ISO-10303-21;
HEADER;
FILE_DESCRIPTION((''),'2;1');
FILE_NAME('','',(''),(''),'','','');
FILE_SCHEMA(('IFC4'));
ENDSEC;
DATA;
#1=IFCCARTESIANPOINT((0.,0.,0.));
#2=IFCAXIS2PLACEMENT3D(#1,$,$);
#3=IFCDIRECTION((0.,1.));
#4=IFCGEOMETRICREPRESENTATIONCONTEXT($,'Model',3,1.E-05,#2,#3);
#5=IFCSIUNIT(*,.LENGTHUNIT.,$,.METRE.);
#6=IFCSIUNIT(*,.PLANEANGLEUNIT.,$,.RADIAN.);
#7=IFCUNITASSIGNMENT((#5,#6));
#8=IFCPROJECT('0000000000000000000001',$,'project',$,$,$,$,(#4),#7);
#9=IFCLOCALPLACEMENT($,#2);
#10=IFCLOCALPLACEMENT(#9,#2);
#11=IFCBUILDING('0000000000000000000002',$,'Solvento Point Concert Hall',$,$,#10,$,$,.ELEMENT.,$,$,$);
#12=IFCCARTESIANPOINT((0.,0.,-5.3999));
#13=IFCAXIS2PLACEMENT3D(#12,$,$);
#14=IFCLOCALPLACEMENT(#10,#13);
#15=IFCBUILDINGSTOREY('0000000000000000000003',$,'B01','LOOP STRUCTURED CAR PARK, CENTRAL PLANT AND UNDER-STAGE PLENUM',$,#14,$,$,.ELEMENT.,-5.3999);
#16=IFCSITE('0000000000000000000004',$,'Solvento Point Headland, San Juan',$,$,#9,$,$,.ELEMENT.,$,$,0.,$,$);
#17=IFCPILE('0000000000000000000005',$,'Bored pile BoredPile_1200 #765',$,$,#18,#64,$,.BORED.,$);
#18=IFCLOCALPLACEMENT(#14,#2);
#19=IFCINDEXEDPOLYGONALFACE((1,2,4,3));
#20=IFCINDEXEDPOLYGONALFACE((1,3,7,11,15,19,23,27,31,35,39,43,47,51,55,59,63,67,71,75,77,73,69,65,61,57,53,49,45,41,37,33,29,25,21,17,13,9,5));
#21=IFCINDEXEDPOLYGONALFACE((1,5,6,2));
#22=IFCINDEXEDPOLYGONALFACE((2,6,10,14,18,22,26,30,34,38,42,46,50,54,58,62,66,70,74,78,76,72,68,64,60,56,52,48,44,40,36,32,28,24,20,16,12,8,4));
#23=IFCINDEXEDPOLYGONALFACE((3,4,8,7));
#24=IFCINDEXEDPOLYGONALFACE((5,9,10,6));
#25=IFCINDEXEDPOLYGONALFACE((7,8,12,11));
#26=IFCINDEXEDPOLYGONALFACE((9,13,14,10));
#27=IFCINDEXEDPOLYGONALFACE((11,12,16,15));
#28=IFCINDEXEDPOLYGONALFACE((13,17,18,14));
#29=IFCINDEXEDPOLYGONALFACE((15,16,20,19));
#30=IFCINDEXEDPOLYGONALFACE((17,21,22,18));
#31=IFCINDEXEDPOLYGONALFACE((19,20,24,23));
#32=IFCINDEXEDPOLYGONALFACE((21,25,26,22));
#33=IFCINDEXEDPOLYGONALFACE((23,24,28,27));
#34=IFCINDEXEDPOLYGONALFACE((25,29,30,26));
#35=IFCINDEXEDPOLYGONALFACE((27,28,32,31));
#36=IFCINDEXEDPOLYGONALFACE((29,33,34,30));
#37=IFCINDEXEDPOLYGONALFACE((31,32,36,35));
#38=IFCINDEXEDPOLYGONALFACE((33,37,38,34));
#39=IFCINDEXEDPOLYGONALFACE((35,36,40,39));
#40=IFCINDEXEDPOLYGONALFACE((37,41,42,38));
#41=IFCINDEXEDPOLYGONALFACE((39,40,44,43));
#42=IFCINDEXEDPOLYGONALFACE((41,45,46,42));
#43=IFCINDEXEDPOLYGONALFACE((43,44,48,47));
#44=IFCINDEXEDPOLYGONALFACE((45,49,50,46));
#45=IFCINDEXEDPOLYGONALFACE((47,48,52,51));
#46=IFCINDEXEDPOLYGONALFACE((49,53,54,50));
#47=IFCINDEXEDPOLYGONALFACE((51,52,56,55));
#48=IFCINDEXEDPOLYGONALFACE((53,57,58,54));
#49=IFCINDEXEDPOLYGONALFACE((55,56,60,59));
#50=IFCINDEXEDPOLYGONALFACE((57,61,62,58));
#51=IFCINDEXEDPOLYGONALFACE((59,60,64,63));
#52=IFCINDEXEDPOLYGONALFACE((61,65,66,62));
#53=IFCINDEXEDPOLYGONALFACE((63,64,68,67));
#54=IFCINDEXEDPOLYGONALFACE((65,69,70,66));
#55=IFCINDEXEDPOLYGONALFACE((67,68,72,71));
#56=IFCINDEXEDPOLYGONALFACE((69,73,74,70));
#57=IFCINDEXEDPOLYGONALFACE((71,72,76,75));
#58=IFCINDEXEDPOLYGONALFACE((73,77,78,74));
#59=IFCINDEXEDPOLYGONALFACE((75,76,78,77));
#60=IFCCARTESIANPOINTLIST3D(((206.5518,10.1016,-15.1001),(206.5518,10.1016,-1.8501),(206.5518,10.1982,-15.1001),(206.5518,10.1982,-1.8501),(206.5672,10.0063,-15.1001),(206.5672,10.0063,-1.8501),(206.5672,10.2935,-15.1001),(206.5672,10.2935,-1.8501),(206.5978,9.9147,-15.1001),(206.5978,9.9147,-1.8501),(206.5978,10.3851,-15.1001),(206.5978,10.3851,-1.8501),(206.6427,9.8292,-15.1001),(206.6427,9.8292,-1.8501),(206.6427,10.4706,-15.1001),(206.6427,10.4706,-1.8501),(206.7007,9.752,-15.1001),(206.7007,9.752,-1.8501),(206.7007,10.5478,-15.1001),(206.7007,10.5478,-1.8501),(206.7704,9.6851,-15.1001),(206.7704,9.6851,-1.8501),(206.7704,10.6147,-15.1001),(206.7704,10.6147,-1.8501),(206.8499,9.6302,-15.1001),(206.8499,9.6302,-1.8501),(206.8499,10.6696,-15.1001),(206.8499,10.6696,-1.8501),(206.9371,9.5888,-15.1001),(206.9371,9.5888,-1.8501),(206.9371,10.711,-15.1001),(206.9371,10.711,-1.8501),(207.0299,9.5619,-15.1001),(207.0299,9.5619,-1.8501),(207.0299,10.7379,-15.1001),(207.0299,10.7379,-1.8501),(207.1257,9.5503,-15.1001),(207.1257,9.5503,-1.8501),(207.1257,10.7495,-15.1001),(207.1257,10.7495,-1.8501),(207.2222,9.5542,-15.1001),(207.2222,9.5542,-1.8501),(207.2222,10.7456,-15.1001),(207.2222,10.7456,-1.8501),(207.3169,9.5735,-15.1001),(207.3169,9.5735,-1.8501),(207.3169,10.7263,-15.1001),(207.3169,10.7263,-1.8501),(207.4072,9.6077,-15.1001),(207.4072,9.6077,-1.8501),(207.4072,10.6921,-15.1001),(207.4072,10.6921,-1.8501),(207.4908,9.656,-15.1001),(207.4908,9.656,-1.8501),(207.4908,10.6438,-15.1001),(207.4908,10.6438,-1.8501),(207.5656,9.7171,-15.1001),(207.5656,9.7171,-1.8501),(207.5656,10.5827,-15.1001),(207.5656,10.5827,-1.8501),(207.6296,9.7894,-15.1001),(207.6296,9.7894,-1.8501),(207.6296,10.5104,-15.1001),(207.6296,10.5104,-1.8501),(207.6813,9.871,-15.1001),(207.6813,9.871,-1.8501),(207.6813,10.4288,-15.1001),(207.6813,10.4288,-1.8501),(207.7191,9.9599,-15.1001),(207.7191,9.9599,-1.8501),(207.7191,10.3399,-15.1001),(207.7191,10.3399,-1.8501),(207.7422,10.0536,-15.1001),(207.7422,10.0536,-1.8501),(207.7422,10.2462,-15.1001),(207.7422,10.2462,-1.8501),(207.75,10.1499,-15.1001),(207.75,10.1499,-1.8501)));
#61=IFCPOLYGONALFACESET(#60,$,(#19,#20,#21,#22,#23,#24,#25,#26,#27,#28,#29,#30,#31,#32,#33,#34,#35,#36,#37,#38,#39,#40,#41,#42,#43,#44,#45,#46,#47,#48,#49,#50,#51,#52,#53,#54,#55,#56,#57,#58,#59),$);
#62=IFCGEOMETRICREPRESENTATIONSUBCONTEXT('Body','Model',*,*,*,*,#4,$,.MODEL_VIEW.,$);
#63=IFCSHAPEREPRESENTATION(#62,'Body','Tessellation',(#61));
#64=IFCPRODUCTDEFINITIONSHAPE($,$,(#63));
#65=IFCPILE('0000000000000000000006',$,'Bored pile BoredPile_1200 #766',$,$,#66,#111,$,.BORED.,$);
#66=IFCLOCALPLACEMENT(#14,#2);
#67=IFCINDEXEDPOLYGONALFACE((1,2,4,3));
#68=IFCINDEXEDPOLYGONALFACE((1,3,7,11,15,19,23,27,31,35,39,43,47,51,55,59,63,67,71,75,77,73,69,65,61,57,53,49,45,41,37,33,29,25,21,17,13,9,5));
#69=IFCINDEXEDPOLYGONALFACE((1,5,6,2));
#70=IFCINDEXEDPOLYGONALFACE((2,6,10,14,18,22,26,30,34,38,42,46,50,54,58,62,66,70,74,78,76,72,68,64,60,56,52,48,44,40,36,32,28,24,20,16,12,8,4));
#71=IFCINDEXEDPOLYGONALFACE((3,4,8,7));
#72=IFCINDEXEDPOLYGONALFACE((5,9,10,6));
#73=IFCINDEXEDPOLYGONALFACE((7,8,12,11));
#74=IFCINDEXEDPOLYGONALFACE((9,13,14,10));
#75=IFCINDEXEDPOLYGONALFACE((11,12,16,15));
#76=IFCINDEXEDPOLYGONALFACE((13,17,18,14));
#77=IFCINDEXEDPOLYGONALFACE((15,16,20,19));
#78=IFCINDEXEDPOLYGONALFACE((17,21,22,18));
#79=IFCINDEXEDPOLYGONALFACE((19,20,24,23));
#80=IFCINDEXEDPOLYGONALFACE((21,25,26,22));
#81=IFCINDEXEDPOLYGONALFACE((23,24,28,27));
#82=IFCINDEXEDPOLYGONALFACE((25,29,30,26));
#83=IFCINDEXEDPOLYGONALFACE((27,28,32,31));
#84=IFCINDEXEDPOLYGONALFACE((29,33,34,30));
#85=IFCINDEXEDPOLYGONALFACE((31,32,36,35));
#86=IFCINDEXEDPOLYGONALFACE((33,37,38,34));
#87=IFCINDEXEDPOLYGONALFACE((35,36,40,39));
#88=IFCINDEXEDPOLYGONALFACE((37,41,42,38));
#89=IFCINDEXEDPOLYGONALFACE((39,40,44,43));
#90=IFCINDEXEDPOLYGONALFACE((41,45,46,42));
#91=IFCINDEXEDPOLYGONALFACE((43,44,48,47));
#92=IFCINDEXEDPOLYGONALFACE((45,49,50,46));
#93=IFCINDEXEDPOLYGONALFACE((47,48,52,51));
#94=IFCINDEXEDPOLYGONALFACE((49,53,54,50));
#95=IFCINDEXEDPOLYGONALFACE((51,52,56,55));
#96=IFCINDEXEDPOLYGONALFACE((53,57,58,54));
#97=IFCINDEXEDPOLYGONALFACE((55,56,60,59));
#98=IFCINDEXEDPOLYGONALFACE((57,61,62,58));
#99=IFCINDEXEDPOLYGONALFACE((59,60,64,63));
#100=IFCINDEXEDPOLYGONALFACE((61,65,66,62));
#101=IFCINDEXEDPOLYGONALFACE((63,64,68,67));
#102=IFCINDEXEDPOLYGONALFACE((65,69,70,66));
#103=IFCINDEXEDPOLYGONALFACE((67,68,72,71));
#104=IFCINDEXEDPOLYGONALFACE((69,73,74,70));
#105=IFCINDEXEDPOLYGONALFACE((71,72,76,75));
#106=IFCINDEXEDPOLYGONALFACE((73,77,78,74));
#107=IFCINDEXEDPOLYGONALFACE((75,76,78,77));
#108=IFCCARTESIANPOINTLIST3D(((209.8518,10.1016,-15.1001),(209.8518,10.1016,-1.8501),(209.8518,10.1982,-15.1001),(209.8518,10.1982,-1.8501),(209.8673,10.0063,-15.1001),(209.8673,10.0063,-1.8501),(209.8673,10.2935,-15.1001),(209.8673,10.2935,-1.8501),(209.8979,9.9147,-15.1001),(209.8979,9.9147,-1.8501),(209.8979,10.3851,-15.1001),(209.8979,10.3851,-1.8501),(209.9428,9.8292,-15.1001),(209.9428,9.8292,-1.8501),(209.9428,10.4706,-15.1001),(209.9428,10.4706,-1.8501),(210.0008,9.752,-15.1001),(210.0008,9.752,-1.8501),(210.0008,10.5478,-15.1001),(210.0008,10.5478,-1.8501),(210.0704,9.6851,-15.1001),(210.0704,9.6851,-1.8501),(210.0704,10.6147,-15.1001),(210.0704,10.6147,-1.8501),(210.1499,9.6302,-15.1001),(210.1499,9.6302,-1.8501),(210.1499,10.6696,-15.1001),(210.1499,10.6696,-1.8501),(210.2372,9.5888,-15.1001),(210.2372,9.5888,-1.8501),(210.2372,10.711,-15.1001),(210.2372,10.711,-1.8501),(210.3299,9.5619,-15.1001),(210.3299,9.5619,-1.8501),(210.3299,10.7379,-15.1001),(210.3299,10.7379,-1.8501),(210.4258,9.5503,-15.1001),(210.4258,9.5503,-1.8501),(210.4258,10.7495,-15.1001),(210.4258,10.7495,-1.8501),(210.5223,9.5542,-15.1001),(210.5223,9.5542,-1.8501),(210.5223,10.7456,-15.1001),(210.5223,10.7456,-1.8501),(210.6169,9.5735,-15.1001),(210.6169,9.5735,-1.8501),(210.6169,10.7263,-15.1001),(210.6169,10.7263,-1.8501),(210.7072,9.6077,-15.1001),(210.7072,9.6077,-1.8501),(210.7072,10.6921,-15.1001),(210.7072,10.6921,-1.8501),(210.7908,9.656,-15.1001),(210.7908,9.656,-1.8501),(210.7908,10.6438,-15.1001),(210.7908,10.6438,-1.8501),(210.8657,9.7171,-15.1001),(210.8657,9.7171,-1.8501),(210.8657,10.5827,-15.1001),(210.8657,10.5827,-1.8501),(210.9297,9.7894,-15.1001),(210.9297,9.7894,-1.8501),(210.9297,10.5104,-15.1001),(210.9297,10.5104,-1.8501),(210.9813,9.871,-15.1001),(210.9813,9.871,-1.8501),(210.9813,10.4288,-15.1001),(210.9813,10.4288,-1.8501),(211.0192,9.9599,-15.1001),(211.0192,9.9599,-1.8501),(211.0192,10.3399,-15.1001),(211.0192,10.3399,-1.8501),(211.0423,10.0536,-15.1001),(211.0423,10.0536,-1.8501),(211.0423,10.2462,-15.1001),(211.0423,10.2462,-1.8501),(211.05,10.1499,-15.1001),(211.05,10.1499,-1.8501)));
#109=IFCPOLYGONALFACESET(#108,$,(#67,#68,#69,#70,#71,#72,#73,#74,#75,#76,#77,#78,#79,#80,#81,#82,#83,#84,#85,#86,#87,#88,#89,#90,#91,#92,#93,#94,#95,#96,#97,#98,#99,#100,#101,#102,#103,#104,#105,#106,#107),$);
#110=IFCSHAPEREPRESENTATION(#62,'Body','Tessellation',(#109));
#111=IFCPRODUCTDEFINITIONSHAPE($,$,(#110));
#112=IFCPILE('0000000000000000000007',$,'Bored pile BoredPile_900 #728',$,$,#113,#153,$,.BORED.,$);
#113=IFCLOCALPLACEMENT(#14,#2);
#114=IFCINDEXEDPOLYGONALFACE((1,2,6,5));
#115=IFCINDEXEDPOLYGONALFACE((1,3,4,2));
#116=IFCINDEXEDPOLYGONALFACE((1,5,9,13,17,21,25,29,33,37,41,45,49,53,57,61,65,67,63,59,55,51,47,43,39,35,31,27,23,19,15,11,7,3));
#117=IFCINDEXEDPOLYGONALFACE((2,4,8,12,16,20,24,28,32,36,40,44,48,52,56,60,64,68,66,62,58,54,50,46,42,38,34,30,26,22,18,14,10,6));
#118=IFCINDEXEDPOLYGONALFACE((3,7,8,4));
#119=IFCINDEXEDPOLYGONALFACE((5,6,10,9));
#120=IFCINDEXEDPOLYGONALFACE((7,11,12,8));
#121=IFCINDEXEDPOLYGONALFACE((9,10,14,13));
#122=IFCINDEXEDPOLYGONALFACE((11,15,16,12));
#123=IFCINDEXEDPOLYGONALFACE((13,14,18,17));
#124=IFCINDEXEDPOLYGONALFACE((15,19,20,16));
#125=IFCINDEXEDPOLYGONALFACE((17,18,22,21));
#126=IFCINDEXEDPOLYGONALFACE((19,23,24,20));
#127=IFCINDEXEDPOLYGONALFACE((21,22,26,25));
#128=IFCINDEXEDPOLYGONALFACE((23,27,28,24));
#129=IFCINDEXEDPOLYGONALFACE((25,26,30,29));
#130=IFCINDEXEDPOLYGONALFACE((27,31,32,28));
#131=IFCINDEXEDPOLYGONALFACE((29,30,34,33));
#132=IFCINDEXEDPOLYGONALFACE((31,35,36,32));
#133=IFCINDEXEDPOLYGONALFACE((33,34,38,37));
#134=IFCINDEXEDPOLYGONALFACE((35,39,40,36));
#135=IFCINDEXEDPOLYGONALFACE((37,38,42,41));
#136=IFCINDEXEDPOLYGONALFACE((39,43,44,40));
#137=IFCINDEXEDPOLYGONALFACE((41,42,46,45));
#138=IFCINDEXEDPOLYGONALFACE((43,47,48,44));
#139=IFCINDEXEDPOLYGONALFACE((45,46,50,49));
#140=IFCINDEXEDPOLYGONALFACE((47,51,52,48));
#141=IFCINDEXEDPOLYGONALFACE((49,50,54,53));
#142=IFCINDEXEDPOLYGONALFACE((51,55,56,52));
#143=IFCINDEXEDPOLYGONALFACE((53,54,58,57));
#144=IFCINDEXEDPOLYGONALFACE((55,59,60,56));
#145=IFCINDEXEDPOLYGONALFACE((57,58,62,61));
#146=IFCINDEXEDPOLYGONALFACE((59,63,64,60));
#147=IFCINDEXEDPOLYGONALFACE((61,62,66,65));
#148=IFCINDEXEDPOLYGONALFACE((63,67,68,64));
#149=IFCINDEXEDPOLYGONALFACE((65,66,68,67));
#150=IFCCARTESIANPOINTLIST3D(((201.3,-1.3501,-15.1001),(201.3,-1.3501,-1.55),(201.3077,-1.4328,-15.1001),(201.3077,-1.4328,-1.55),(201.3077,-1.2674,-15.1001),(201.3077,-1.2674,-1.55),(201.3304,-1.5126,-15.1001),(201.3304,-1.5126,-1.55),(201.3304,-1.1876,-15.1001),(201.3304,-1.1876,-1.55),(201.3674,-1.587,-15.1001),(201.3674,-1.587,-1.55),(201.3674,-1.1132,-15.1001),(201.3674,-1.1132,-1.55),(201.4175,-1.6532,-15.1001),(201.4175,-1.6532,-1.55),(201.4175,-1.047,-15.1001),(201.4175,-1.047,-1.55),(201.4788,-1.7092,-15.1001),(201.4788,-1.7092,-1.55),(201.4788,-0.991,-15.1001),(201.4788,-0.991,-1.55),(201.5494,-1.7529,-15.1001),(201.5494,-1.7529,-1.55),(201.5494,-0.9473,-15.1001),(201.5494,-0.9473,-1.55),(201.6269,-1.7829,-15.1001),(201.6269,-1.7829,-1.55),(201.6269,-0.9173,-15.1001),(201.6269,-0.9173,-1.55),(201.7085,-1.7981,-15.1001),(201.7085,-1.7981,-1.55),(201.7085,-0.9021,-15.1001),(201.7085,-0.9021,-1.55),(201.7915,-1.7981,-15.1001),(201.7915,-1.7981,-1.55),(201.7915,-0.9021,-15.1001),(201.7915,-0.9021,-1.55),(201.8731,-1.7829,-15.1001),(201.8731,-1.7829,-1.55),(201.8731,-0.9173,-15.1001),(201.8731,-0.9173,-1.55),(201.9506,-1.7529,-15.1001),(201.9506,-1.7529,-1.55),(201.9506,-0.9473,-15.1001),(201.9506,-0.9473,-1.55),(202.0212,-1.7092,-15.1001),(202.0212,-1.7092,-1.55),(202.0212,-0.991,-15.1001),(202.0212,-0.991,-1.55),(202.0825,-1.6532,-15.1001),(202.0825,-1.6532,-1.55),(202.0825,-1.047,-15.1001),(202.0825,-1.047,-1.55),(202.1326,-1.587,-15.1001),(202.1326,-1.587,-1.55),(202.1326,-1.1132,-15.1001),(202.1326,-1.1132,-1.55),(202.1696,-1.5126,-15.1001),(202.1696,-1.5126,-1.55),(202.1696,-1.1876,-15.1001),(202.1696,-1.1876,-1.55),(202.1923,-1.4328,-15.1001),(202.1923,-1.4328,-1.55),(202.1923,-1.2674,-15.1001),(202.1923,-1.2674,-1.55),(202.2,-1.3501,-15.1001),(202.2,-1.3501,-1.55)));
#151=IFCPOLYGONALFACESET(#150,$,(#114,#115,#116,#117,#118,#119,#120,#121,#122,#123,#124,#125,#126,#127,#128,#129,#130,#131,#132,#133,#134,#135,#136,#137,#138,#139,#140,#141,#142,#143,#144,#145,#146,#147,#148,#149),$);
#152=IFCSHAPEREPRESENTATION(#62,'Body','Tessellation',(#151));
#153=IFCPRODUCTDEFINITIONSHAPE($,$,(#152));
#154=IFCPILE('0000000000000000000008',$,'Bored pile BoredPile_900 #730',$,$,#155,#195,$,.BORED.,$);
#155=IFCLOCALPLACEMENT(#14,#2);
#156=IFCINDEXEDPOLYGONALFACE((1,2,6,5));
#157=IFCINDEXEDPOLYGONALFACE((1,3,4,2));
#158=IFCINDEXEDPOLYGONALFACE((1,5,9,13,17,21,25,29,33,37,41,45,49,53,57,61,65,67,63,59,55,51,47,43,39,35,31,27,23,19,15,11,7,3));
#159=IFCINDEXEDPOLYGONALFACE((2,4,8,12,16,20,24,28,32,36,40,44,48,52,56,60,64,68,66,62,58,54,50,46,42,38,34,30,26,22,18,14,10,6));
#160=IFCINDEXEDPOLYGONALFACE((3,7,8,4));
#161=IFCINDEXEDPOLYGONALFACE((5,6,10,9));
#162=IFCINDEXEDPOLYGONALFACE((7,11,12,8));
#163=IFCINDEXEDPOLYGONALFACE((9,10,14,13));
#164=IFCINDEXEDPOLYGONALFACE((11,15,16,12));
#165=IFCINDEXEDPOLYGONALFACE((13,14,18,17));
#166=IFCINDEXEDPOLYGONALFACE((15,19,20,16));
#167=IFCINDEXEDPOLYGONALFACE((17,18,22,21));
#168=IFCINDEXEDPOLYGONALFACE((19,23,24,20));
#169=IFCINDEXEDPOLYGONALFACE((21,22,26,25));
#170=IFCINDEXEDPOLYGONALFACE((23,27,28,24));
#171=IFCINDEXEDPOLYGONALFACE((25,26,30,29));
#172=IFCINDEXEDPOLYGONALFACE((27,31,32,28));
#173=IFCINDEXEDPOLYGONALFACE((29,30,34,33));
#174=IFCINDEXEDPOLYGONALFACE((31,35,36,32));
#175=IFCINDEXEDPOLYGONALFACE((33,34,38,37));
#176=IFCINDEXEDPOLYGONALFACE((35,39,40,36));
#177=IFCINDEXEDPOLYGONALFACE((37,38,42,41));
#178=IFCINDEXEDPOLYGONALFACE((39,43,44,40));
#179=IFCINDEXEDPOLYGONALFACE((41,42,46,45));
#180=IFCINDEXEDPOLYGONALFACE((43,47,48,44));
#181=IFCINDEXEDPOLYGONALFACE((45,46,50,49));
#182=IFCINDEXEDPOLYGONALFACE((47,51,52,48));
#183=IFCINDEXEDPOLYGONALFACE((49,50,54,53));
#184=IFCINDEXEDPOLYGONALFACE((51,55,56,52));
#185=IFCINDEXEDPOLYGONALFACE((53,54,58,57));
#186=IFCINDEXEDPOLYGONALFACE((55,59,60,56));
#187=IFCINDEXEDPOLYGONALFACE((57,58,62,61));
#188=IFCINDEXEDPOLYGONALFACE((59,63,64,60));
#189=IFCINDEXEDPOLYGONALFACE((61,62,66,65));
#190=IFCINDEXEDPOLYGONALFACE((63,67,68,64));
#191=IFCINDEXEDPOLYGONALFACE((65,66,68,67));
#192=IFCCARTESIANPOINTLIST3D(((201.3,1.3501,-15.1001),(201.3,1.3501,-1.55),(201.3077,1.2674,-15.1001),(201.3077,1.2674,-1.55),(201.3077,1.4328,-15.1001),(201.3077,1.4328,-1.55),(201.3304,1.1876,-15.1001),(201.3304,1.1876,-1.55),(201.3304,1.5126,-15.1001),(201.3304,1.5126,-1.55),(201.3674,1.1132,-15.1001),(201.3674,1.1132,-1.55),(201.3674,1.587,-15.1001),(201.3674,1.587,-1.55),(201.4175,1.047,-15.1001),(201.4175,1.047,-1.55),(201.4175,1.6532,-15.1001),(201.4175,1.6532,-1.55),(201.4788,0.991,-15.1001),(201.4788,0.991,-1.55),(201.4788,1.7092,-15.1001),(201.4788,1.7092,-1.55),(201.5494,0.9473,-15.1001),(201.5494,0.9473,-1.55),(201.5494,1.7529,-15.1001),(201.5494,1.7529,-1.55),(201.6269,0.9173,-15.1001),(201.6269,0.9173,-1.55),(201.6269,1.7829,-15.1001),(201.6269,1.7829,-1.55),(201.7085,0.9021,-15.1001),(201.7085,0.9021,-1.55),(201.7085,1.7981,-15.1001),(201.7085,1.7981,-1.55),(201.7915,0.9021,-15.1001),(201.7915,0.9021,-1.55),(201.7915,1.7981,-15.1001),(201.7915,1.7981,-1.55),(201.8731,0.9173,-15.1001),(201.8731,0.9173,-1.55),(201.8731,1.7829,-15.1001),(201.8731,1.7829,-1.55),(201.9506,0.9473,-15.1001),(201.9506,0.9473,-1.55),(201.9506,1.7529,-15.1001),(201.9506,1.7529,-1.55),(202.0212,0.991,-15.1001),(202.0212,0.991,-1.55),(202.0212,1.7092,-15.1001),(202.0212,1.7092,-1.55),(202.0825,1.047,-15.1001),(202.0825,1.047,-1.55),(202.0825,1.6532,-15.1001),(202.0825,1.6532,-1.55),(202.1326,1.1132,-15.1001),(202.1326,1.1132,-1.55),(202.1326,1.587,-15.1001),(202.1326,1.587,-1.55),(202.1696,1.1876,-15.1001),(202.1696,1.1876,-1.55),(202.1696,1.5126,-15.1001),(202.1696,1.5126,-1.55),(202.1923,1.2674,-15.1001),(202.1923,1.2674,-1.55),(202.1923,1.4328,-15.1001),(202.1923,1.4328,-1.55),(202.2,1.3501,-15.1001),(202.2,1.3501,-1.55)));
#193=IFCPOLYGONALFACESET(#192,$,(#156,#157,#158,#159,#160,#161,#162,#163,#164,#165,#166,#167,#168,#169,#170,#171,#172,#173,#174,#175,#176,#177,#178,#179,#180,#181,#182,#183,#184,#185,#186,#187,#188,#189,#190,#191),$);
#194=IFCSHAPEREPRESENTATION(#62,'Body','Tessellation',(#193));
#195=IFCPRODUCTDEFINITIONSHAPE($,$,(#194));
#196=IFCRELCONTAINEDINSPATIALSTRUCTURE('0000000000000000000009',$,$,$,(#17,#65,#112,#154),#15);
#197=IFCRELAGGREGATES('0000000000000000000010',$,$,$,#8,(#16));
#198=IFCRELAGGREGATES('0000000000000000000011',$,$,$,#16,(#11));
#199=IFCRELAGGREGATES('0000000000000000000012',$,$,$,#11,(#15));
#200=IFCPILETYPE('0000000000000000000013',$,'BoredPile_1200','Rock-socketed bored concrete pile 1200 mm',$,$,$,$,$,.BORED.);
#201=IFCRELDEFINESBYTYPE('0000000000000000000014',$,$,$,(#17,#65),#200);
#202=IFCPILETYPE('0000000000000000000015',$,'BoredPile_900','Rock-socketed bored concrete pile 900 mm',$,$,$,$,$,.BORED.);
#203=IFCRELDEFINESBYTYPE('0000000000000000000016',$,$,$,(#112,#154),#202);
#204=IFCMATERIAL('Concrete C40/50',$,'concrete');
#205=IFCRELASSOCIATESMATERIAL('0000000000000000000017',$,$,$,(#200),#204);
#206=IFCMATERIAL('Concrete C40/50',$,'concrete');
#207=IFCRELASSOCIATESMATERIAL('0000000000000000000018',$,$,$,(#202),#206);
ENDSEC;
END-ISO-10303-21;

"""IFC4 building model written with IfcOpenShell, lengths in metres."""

from ifc_helpers import new_model, si_unit, direction, frame, origin, origin_2d, place, context, subcontext, project, spatial, circle, extrude, material, material_profile, profile_set, type_object, element, save


model = new_model("IFC4")

# Units and contexts
model_context = context("Model", 3, precision=1e-05, world=origin(), true_north=direction((0.0, 1.0)))
body_context = subcontext(model_context, "Body", "Model", "MODEL_VIEW")
ifc_project = project(units=[si_unit("LENGTHUNIT", "METRE"), si_unit("PLANEANGLEUNIT", "RADIAN")], contexts=[model_context])

# Site, building, storey
site_placement = place(None, origin())
site = spatial("IfcSite", under=ifc_project, at=site_placement, Name="Solvento Point Headland, San Juan", CompositionType="ELEMENT", RefElevation=0.0)
building_placement = place(site_placement, origin())
building = spatial("IfcBuilding", under=site, at=building_placement, Name="Solvento Point Concert Hall", CompositionType="ELEMENT")
storey_placement = place(building_placement, frame((0.0, 0.0, -5.3999)))
storey = spatial("IfcBuildingStorey", under=building, at=storey_placement, Name="B01", Description="LOOP STRUCTURED CAR PARK, CENTRAL PLANT AND UNDER-STAGE PLENUM", CompositionType="ELEMENT", Elevation=-5.3999)

# Piles
ifc_material_1 = material(Name="Concrete C40/50", Category="concrete")
ifc_material_profile_1 = material_profile(ifc_material_1, circle(Radius=0.6001, at=origin_2d()), Name="BP-1200")
ifc_profile_set_1 = profile_set([ifc_material_profile_1], Name="Concrete C40/50")
pile_type_1 = type_object("IfcPileType", Name="BoredPile_1200", Description="Rock-socketed bored concrete pile 1200 mm", PredefinedType="BORED", material=ifc_profile_set_1)
for number, where, z_axis, x_axis, name in (
    (1, (207.1499, 10.1499, -1.8501), (0.0, 0.0, -1.0), (1.0, 0.0, 0.0), "Bored pile BoredPile_1200 #765"),
    (2, (210.45, 10.1499, -1.8501), (0.0, 0.0, -1.0), (1.0, 0.0, 0.0), "Bored pile BoredPile_1200 #766"),
):
    element("IfcPile", number, at=place(storey_placement, frame(where, z_axis=z_axis, x_axis=x_axis)), inside=storey, type_object=pile_type_1, Name=name, PredefinedType="BORED", context=body_context, shape_type="SweptSolid", body=[
        extrude(circle(Radius=0.6001, at=origin_2d()), origin(), (0.0, 0.0, 1.0), 13.25),
    ])
ifc_material_2 = material(Name="Concrete C40/50", Category="concrete")
ifc_material_profile_2 = material_profile(ifc_material_2, circle(Radius=0.45, at=origin_2d()), Name="BP-900")
ifc_profile_set_2 = profile_set([ifc_material_profile_2], Name="Concrete C40/50")
pile_type_2 = type_object("IfcPileType", Name="BoredPile_900", Description="Rock-socketed bored concrete pile 900 mm", PredefinedType="BORED", material=ifc_profile_set_2)
for number, where, z_axis, x_axis, name in (
    (3, (201.75, -1.3501, -1.55), (0.0, 0.0, -1.0), (1.0, 0.0, 0.0), "Bored pile BoredPile_900 #728"),
    (4, (201.75, 1.3501, -1.55), (0.0, 0.0, -1.0), (1.0, 0.0, 0.0), "Bored pile BoredPile_900 #730"),
):
    element("IfcPile", number, at=place(storey_placement, frame(where, z_axis=z_axis, x_axis=x_axis)), inside=storey, type_object=pile_type_2, Name=name, PredefinedType="BORED", context=body_context, shape_type="SweptSolid", body=[
        extrude(circle(Radius=0.45, at=origin_2d()), origin(), (0.0, 0.0, 1.0), 13.55),
    ])

save(model, "model.ifc")
